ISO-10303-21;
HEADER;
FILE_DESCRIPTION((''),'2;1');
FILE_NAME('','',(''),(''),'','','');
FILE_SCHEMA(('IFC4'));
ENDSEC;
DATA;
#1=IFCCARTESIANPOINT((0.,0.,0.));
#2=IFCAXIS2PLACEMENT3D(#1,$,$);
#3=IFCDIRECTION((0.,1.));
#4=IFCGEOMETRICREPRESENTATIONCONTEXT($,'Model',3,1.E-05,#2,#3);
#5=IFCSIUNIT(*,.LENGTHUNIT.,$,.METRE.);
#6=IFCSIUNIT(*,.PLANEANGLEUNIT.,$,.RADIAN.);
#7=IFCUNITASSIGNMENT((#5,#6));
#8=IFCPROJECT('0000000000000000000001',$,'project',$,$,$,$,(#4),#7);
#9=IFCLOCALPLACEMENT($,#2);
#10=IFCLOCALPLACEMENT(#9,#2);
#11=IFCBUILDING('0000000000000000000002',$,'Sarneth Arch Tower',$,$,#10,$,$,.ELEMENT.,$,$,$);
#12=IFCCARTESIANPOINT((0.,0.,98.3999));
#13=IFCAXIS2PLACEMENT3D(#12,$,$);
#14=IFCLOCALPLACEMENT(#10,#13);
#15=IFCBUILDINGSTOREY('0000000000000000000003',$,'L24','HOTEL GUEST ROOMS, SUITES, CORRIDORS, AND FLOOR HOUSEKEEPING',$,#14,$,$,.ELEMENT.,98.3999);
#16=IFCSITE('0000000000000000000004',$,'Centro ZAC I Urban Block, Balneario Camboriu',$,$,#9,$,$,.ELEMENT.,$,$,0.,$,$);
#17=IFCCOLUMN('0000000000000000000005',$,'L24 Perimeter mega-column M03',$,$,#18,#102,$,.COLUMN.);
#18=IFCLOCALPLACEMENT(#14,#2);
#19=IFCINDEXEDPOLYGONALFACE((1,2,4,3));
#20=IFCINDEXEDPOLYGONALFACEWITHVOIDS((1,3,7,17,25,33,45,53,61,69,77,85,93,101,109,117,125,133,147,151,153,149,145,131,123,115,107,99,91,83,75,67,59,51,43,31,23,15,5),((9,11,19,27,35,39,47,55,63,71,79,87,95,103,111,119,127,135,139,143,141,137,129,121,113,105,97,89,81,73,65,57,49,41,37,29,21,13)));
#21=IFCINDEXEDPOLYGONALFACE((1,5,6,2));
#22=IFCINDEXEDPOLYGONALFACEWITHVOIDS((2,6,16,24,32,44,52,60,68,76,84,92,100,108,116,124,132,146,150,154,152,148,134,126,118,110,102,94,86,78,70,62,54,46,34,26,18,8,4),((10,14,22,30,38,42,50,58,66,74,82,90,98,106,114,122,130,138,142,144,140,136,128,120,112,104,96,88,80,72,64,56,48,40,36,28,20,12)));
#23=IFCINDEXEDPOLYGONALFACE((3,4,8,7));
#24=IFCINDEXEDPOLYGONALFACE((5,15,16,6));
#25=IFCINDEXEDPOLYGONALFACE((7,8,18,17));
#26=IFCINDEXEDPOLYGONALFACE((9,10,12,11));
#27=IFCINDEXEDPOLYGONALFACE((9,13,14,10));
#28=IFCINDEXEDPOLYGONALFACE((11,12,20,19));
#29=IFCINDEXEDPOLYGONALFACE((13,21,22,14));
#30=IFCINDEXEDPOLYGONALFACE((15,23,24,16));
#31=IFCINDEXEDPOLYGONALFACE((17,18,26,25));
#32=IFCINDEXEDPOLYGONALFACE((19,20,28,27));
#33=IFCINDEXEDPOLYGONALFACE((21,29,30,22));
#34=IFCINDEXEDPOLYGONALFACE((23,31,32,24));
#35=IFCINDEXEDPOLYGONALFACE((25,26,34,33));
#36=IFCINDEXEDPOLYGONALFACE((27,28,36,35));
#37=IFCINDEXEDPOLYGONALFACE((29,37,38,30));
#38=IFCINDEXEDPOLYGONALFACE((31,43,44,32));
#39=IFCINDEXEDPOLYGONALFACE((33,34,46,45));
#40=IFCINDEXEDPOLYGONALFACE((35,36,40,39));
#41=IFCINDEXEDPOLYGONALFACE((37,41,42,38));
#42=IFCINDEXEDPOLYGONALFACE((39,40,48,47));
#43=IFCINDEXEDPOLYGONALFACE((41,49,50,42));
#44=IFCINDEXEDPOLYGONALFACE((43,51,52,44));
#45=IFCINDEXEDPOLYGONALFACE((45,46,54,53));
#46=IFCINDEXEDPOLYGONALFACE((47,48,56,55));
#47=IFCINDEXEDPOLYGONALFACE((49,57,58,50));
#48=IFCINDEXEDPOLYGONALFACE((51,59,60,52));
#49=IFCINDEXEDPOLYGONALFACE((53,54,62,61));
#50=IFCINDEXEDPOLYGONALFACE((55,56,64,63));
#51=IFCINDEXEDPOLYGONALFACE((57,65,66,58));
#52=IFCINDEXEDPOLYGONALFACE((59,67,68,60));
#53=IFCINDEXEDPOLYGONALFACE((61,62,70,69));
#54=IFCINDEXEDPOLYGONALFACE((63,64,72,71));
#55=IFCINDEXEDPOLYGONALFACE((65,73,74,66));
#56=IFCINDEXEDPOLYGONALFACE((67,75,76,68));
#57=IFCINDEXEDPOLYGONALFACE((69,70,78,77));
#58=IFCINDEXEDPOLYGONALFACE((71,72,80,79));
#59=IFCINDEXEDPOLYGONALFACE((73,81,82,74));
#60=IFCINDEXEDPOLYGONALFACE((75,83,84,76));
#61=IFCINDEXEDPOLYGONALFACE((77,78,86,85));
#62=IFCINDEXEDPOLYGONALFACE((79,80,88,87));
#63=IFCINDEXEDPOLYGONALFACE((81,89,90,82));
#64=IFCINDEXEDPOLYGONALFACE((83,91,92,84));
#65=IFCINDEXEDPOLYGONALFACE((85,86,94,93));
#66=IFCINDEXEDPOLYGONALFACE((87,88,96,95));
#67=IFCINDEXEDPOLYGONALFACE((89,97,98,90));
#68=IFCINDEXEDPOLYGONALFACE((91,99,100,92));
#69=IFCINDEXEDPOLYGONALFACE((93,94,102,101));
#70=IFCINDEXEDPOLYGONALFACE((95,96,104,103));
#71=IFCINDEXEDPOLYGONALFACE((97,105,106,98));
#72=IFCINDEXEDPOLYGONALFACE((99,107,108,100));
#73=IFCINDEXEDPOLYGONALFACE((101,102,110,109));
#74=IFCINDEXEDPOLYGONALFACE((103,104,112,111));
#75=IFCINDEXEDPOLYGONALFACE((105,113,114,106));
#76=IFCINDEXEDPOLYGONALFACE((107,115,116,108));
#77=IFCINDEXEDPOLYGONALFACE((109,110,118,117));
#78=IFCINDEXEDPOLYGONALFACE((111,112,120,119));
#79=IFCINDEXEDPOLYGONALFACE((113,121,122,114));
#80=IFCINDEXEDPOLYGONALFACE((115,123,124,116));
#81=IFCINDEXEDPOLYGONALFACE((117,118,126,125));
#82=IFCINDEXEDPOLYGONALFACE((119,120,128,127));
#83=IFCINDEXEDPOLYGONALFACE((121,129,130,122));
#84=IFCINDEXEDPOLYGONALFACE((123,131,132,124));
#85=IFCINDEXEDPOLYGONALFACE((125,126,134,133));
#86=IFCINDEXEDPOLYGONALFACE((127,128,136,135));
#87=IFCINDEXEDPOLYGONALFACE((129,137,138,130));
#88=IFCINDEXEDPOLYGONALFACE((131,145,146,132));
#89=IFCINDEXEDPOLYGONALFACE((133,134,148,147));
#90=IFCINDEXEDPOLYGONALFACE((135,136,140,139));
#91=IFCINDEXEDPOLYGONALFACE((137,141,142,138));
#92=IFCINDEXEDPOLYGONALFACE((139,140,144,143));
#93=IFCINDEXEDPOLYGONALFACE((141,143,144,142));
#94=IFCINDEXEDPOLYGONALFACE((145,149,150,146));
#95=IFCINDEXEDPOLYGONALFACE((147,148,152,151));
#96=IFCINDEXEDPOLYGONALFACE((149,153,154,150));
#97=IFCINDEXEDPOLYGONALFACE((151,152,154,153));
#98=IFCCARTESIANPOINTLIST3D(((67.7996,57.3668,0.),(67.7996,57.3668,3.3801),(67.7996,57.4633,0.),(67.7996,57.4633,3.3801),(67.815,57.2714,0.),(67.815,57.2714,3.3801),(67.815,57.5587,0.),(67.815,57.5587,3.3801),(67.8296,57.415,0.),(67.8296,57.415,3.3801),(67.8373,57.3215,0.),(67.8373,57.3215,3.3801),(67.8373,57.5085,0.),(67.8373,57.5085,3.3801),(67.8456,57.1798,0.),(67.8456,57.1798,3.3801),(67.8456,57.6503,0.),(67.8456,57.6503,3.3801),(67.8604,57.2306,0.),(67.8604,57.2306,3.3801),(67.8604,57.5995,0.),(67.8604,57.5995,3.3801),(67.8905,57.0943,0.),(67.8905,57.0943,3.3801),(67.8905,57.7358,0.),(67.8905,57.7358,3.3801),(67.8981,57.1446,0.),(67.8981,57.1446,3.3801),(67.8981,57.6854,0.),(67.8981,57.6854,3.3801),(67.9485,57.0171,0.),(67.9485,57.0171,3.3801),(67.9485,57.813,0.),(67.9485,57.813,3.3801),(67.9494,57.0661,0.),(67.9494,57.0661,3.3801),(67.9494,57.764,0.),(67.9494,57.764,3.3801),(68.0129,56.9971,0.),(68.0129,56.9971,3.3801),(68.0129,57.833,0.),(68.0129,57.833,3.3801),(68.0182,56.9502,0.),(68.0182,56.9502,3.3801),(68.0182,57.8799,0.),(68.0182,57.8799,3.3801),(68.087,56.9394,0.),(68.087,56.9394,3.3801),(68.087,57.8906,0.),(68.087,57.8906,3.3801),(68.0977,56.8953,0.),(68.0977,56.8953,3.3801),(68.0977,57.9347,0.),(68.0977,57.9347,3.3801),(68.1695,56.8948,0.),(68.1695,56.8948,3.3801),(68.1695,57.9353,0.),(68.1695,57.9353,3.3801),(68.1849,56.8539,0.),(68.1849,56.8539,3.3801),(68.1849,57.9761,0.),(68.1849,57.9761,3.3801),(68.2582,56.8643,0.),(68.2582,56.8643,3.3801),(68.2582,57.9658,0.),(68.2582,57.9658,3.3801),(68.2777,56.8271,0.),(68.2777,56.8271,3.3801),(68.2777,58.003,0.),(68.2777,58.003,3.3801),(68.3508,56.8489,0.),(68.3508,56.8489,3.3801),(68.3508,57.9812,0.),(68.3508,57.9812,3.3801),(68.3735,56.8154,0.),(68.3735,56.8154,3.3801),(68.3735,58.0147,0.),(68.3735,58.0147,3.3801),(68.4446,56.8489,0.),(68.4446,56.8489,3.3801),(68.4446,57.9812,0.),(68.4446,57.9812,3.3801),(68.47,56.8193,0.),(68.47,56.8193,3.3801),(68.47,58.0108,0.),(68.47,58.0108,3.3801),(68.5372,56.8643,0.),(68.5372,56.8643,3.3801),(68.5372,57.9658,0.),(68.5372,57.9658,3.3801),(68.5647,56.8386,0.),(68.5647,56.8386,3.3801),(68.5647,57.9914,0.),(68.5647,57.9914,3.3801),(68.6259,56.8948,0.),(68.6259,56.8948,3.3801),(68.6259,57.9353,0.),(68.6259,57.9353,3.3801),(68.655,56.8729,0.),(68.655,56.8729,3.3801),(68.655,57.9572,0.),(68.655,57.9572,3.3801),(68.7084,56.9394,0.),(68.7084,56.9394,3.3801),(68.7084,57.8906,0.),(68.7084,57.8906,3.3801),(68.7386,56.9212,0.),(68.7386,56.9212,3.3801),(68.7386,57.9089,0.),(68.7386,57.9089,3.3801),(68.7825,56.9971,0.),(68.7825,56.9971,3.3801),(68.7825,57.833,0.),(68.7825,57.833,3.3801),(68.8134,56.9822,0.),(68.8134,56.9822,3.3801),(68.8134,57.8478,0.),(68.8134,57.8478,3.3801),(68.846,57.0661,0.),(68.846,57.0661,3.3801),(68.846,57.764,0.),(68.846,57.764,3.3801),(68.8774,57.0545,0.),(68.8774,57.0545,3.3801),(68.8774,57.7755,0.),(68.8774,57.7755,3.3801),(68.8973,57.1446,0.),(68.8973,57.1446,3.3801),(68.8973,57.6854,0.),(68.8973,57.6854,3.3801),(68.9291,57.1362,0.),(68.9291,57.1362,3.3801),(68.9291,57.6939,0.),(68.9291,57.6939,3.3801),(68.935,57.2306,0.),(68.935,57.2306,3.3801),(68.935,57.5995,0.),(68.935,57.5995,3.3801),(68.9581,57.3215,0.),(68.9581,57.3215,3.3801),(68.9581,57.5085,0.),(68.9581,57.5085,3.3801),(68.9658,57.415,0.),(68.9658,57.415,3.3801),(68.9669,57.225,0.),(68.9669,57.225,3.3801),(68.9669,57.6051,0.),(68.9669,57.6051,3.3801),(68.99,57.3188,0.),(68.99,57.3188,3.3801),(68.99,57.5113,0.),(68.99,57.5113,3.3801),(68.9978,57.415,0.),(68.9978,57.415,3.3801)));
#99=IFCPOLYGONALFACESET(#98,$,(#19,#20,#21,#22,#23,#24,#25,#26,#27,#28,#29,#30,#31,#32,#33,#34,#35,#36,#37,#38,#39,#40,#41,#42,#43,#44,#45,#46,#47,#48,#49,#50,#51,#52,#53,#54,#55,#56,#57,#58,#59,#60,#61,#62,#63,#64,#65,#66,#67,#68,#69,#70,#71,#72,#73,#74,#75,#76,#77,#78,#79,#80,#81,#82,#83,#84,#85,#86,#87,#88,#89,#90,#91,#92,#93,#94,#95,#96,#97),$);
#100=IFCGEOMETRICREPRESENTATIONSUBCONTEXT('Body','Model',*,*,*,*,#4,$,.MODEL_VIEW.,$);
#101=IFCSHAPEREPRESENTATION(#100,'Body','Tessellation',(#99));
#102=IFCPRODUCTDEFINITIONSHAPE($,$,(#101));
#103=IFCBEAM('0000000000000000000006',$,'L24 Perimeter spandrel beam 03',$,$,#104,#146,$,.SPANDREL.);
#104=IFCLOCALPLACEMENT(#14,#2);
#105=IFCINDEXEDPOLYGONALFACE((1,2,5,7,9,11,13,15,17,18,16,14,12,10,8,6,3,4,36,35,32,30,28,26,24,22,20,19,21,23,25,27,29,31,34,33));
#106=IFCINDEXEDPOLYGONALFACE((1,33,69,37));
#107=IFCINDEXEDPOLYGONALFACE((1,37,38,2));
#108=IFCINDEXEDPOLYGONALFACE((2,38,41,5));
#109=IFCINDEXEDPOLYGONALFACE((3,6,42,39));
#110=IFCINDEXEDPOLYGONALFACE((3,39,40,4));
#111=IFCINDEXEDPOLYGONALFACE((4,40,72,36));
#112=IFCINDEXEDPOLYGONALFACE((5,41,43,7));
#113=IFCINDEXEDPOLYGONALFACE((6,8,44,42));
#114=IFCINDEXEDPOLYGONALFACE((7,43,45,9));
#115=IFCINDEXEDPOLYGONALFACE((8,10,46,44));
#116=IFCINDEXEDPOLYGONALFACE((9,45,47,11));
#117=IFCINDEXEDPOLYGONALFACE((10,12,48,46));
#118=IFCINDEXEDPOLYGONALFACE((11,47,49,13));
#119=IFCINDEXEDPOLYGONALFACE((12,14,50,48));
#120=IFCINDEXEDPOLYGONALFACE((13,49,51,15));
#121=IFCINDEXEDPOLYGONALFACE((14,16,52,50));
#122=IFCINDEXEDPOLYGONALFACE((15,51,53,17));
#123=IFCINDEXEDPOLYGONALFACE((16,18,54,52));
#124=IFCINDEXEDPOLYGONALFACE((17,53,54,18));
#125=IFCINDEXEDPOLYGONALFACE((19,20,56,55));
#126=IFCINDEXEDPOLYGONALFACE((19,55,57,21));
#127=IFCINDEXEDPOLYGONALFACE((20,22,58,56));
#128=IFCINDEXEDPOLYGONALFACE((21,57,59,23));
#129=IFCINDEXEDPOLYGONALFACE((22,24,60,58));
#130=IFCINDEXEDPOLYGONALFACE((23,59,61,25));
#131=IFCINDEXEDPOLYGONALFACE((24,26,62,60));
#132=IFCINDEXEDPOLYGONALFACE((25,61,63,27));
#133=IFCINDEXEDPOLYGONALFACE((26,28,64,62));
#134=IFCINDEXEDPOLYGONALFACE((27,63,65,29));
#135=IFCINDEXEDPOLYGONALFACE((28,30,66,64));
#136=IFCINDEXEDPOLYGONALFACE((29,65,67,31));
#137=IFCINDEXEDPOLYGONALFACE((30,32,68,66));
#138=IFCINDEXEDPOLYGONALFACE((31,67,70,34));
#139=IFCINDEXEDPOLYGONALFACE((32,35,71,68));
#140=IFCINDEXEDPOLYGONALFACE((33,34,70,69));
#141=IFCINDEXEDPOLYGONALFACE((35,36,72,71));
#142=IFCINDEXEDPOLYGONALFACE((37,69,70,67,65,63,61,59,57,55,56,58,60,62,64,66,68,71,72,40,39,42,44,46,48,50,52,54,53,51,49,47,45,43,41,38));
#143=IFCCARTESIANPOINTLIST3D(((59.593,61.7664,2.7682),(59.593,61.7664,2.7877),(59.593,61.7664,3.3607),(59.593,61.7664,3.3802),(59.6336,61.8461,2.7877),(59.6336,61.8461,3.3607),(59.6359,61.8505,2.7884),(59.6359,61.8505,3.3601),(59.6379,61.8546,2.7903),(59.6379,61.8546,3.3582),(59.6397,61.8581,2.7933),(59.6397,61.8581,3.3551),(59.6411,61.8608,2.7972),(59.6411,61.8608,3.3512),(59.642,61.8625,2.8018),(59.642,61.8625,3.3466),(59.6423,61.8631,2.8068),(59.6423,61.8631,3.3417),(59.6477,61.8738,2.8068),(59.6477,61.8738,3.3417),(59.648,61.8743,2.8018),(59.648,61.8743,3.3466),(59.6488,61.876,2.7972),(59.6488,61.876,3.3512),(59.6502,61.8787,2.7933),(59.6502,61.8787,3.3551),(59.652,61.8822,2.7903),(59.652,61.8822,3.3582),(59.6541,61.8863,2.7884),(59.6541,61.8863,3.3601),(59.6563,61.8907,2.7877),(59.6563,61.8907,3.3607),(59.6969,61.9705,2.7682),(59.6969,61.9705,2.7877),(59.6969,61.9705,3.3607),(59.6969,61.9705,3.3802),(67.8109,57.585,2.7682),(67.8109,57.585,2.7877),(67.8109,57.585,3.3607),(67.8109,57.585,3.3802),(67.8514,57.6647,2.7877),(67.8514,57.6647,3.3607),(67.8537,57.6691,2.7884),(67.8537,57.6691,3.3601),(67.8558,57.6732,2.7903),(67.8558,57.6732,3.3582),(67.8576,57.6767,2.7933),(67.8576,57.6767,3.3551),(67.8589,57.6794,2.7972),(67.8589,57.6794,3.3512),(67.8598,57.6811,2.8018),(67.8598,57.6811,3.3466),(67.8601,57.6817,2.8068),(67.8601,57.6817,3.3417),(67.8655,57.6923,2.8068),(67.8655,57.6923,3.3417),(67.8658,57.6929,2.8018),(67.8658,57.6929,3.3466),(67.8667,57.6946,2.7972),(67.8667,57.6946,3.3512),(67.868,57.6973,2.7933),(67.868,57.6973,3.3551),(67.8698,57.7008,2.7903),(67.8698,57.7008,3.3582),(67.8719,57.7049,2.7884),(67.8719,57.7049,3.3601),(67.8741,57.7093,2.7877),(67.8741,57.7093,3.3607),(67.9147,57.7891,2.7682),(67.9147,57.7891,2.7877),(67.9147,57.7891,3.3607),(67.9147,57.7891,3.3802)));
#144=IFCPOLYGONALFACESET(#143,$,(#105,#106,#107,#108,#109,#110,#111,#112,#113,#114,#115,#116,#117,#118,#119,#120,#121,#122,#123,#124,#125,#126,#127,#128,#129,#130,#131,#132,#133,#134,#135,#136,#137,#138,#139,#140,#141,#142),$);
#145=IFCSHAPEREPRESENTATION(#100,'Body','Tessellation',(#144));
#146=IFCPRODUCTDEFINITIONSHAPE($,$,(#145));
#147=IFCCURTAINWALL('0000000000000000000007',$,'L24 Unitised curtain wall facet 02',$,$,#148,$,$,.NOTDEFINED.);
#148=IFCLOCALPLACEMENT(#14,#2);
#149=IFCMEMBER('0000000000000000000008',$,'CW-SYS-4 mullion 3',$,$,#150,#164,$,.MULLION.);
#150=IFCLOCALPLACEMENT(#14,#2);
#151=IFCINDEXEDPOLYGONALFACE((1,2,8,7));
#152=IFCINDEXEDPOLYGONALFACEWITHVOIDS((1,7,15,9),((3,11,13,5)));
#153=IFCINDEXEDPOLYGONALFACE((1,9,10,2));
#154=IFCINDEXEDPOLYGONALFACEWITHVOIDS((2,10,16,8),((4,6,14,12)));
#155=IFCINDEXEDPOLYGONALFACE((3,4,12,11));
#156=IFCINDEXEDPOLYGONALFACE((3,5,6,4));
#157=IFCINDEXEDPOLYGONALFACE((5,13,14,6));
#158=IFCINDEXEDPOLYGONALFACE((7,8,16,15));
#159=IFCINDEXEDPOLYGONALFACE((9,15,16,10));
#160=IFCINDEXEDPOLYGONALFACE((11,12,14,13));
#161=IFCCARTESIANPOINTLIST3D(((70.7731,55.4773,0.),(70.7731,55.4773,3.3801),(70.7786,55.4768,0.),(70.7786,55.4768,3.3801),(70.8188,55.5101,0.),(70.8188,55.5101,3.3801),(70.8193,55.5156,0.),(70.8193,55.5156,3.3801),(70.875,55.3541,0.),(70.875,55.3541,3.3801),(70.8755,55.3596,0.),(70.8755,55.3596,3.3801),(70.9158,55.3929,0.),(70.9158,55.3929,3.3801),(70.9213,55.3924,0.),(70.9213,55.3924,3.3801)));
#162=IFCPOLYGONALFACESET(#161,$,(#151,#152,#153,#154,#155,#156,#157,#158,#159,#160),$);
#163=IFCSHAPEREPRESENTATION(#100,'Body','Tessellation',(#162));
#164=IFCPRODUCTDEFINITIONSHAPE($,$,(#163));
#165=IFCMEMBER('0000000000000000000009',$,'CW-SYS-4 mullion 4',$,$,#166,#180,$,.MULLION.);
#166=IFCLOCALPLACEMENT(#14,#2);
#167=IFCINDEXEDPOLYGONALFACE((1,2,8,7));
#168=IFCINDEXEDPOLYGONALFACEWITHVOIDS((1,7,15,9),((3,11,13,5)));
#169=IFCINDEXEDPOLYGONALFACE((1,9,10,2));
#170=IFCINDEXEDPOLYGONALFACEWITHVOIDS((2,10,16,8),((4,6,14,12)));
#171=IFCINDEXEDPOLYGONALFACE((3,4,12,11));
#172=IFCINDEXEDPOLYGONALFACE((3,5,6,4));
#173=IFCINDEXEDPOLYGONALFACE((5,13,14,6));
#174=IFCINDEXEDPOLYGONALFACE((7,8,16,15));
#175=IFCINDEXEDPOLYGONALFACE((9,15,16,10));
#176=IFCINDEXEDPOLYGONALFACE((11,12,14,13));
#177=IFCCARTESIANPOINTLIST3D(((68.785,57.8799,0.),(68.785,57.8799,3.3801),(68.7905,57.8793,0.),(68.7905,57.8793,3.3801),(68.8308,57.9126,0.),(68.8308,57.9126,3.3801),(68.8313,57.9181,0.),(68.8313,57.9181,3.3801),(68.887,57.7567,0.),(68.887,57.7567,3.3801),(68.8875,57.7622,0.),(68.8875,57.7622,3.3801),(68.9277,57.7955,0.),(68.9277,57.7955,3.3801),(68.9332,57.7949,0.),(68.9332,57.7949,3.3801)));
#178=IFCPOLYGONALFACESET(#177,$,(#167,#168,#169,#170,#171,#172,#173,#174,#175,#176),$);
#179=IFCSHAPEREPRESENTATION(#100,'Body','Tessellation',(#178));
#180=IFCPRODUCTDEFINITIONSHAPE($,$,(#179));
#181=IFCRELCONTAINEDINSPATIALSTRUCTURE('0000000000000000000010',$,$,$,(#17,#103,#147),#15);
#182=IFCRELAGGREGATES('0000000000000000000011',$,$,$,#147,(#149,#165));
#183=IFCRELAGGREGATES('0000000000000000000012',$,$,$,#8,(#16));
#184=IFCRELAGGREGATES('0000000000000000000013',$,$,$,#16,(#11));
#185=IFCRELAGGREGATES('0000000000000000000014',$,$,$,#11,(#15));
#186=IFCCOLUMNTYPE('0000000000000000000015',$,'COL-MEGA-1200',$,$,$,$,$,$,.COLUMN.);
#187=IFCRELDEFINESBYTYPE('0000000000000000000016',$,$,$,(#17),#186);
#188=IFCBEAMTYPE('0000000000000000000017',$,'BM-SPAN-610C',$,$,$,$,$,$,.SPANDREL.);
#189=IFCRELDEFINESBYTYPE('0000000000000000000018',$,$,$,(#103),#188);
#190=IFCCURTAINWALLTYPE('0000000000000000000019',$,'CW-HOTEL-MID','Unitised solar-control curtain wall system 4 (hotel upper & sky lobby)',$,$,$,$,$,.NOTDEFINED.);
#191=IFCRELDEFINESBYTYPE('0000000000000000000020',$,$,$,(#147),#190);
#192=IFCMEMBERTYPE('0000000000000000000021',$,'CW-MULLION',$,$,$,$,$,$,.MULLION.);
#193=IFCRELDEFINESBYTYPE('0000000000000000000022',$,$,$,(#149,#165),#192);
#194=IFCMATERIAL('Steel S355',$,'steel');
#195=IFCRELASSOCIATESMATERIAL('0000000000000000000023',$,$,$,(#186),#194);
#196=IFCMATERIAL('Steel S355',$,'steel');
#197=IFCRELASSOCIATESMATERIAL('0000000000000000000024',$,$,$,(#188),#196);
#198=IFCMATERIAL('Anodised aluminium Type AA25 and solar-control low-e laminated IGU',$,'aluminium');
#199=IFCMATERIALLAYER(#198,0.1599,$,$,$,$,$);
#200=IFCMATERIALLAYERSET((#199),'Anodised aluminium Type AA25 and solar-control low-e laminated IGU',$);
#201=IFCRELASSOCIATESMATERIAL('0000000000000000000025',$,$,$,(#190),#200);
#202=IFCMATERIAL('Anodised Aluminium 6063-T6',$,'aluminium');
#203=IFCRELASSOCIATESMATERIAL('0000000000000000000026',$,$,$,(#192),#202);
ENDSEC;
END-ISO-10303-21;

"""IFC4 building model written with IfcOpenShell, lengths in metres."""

from ifc_helpers import new_model, si_unit, direction, frame, origin, origin_2d, place, context, subcontext, project, spatial, hollow_rectangle, hollow_circle, i_section, extrude, material, layer, layer_set, material_profile, profile_set, type_object, element, aggregate, save


model = new_model("IFC4")

# Units and contexts
model_context = context("Model", 3, precision=1e-05, world=origin(), true_north=direction((0.0, 1.0)))
body_context = subcontext(model_context, "Body", "Model", "MODEL_VIEW")
ifc_project = project(units=[si_unit("LENGTHUNIT", "METRE"), si_unit("PLANEANGLEUNIT", "RADIAN")], contexts=[model_context])

# Site, building, storey
site_placement = place(None, origin())
site = spatial("IfcSite", under=ifc_project, at=site_placement, Name="Centro ZAC I Urban Block, Balneario Camboriu", CompositionType="ELEMENT", RefElevation=0.0)
building_placement = place(site_placement, origin())
building = spatial("IfcBuilding", under=site, at=building_placement, Name="Sarneth Arch Tower", CompositionType="ELEMENT")
storey_placement = place(building_placement, frame((0.0, 0.0, 98.3999)))
storey = spatial("IfcBuildingStorey", under=building, at=storey_placement, Name="L24", Description="HOTEL GUEST ROOMS, SUITES, CORRIDORS, AND FLOOR HOUSEKEEPING", CompositionType="ELEMENT", Elevation=98.3999)

# Column
ifc_material_1 = material(Name="Steel S355", Category="steel")
ifc_material_profile_1 = material_profile(ifc_material_1, hollow_circle(Radius=0.6001, WallThickness=0.032, at=origin_2d()), Name="CHS1200x32")
ifc_profile_set_1 = profile_set([ifc_material_profile_1], Name="Steel S355")
column_type = type_object("IfcColumnType", Name="COL-MEGA-1200", PredefinedType="COLUMN", material=ifc_profile_set_1)
column_placement = place(storey_placement, frame((68.3977, 57.415, 0.0), z_axis=(0.0, 0.0, 1.0), x_axis=(1.0, 0.0, 0.0)))
element("IfcColumn", 1, at=column_placement, inside=storey, type_object=column_type, Name="L24 Perimeter mega-column M03", PredefinedType="COLUMN", context=body_context, shape_type="SweptSolid", body=[
    extrude(hollow_circle(Radius=0.6001, WallThickness=0.032, at=origin_2d()), origin(), (0.0, 0.0, 1.0), 3.3801),
])

# Beam
ifc_material_2 = material(Name="Steel S355", Category="steel")
ifc_material_profile_2 = material_profile(ifc_material_2, i_section(OverallWidth=0.229, OverallDepth=0.6121, WebThickness=0.012, FlangeThickness=0.0195, FilletRadius=0.019, at=origin_2d()), Name="W610x125")
ifc_profile_set_2 = profile_set([ifc_material_profile_2], Name="Steel S355")
beam_type = type_object("IfcBeamType", Name="BM-SPAN-610C", PredefinedType="SPANDREL", material=ifc_profile_set_2)
beam_placement = place(storey_placement, frame((67.8628, 57.687, 3.0742), z_axis=(-0.891259, 0.453494, 0.0), x_axis=(-0.453494, -0.891259, 0.0)))
element("IfcBeam", 2, at=beam_placement, inside=storey, type_object=beam_type, Name="L24 Perimeter spandrel beam 03", PredefinedType="SPANDREL", context=body_context, shape_type="SweptSolid", body=[
    extrude(i_section(OverallWidth=0.229, OverallDepth=0.6121, WebThickness=0.012, FlangeThickness=0.0195, FilletRadius=0.019, at=origin_2d()), origin(), (0.0, 0.0, 1.0), 9.2205),
])

# Curtain wall, members
ifc_material_3 = material(Name="Anodised aluminium Type AA25 and solar-control low-e laminated IGU", Category="aluminium")
ifc_layer_1 = layer(ifc_material_3, 0.1599)
ifc_layer_set_1 = layer_set([ifc_layer_1], Name="Anodised aluminium Type AA25 and solar-control low-e laminated IGU")
curtain_wall_type = type_object("IfcCurtainWallType", Name="CW-HOTEL-MID", Description="Unitised solar-control curtain wall system 4 (hotel upper & sky lobby)", PredefinedType="NOTDEFINED", material=ifc_layer_set_1)
curtain_wall_placement = place(storey_placement, origin())
curtain_wall = element("IfcCurtainWall", 3, at=curtain_wall_placement, inside=storey, type_object=curtain_wall_type, Name="L24 Unitised curtain wall facet 02", PredefinedType="NOTDEFINED")
ifc_material_4 = material(Name="Anodised Aluminium 6063-T6", Category="aluminium")
ifc_material_profile_3 = material_profile(ifc_material_4, hollow_rectangle(XDim=0.0601, YDim=0.1599, WallThickness=0.0039, at=origin_2d()), Name="AL-MULL-160x60x4")
ifc_profile_set_3 = profile_set([ifc_material_profile_3], Name="Anodised Aluminium 6063-T6")
member_type_1 = type_object("IfcMemberType", Name="CW-MULLION", PredefinedType="MULLION", material=ifc_profile_set_3)
member_1_placement = place(storey_placement, frame((70.8472, 55.4348, 0.0), z_axis=(0.0, 0.0, 1.0), x_axis=(-0.770438, -0.637515, 0.0)))
member_1 = element("IfcMember", 4, at=member_1_placement, type_object=member_type_1, Name="CW-SYS-4 mullion 3", PredefinedType="MULLION", context=body_context, shape_type="SweptSolid", body=[
    extrude(hollow_rectangle(XDim=0.0601, YDim=0.1599, WallThickness=0.0039, at=origin_2d()), origin(), (0.0, 0.0, 1.0), 3.3801),
])
member_2_placement = place(storey_placement, frame((68.8591, 57.8374, 0.0), z_axis=(0.0, 0.0, 1.0), x_axis=(-0.770438, -0.637515, 0.0)))
member_2 = element("IfcMember", 5, at=member_2_placement, type_object=member_type_1, Name="CW-SYS-4 mullion 4", PredefinedType="MULLION", context=body_context, shape_type="SweptSolid", body=[
    extrude(hollow_rectangle(XDim=0.0601, YDim=0.1599, WallThickness=0.0039, at=origin_2d()), origin(), (0.0, 0.0, 1.0), 3.3801),
])

aggregate(curtain_wall, [member_1, member_2])

save(model, "model.ifc")
